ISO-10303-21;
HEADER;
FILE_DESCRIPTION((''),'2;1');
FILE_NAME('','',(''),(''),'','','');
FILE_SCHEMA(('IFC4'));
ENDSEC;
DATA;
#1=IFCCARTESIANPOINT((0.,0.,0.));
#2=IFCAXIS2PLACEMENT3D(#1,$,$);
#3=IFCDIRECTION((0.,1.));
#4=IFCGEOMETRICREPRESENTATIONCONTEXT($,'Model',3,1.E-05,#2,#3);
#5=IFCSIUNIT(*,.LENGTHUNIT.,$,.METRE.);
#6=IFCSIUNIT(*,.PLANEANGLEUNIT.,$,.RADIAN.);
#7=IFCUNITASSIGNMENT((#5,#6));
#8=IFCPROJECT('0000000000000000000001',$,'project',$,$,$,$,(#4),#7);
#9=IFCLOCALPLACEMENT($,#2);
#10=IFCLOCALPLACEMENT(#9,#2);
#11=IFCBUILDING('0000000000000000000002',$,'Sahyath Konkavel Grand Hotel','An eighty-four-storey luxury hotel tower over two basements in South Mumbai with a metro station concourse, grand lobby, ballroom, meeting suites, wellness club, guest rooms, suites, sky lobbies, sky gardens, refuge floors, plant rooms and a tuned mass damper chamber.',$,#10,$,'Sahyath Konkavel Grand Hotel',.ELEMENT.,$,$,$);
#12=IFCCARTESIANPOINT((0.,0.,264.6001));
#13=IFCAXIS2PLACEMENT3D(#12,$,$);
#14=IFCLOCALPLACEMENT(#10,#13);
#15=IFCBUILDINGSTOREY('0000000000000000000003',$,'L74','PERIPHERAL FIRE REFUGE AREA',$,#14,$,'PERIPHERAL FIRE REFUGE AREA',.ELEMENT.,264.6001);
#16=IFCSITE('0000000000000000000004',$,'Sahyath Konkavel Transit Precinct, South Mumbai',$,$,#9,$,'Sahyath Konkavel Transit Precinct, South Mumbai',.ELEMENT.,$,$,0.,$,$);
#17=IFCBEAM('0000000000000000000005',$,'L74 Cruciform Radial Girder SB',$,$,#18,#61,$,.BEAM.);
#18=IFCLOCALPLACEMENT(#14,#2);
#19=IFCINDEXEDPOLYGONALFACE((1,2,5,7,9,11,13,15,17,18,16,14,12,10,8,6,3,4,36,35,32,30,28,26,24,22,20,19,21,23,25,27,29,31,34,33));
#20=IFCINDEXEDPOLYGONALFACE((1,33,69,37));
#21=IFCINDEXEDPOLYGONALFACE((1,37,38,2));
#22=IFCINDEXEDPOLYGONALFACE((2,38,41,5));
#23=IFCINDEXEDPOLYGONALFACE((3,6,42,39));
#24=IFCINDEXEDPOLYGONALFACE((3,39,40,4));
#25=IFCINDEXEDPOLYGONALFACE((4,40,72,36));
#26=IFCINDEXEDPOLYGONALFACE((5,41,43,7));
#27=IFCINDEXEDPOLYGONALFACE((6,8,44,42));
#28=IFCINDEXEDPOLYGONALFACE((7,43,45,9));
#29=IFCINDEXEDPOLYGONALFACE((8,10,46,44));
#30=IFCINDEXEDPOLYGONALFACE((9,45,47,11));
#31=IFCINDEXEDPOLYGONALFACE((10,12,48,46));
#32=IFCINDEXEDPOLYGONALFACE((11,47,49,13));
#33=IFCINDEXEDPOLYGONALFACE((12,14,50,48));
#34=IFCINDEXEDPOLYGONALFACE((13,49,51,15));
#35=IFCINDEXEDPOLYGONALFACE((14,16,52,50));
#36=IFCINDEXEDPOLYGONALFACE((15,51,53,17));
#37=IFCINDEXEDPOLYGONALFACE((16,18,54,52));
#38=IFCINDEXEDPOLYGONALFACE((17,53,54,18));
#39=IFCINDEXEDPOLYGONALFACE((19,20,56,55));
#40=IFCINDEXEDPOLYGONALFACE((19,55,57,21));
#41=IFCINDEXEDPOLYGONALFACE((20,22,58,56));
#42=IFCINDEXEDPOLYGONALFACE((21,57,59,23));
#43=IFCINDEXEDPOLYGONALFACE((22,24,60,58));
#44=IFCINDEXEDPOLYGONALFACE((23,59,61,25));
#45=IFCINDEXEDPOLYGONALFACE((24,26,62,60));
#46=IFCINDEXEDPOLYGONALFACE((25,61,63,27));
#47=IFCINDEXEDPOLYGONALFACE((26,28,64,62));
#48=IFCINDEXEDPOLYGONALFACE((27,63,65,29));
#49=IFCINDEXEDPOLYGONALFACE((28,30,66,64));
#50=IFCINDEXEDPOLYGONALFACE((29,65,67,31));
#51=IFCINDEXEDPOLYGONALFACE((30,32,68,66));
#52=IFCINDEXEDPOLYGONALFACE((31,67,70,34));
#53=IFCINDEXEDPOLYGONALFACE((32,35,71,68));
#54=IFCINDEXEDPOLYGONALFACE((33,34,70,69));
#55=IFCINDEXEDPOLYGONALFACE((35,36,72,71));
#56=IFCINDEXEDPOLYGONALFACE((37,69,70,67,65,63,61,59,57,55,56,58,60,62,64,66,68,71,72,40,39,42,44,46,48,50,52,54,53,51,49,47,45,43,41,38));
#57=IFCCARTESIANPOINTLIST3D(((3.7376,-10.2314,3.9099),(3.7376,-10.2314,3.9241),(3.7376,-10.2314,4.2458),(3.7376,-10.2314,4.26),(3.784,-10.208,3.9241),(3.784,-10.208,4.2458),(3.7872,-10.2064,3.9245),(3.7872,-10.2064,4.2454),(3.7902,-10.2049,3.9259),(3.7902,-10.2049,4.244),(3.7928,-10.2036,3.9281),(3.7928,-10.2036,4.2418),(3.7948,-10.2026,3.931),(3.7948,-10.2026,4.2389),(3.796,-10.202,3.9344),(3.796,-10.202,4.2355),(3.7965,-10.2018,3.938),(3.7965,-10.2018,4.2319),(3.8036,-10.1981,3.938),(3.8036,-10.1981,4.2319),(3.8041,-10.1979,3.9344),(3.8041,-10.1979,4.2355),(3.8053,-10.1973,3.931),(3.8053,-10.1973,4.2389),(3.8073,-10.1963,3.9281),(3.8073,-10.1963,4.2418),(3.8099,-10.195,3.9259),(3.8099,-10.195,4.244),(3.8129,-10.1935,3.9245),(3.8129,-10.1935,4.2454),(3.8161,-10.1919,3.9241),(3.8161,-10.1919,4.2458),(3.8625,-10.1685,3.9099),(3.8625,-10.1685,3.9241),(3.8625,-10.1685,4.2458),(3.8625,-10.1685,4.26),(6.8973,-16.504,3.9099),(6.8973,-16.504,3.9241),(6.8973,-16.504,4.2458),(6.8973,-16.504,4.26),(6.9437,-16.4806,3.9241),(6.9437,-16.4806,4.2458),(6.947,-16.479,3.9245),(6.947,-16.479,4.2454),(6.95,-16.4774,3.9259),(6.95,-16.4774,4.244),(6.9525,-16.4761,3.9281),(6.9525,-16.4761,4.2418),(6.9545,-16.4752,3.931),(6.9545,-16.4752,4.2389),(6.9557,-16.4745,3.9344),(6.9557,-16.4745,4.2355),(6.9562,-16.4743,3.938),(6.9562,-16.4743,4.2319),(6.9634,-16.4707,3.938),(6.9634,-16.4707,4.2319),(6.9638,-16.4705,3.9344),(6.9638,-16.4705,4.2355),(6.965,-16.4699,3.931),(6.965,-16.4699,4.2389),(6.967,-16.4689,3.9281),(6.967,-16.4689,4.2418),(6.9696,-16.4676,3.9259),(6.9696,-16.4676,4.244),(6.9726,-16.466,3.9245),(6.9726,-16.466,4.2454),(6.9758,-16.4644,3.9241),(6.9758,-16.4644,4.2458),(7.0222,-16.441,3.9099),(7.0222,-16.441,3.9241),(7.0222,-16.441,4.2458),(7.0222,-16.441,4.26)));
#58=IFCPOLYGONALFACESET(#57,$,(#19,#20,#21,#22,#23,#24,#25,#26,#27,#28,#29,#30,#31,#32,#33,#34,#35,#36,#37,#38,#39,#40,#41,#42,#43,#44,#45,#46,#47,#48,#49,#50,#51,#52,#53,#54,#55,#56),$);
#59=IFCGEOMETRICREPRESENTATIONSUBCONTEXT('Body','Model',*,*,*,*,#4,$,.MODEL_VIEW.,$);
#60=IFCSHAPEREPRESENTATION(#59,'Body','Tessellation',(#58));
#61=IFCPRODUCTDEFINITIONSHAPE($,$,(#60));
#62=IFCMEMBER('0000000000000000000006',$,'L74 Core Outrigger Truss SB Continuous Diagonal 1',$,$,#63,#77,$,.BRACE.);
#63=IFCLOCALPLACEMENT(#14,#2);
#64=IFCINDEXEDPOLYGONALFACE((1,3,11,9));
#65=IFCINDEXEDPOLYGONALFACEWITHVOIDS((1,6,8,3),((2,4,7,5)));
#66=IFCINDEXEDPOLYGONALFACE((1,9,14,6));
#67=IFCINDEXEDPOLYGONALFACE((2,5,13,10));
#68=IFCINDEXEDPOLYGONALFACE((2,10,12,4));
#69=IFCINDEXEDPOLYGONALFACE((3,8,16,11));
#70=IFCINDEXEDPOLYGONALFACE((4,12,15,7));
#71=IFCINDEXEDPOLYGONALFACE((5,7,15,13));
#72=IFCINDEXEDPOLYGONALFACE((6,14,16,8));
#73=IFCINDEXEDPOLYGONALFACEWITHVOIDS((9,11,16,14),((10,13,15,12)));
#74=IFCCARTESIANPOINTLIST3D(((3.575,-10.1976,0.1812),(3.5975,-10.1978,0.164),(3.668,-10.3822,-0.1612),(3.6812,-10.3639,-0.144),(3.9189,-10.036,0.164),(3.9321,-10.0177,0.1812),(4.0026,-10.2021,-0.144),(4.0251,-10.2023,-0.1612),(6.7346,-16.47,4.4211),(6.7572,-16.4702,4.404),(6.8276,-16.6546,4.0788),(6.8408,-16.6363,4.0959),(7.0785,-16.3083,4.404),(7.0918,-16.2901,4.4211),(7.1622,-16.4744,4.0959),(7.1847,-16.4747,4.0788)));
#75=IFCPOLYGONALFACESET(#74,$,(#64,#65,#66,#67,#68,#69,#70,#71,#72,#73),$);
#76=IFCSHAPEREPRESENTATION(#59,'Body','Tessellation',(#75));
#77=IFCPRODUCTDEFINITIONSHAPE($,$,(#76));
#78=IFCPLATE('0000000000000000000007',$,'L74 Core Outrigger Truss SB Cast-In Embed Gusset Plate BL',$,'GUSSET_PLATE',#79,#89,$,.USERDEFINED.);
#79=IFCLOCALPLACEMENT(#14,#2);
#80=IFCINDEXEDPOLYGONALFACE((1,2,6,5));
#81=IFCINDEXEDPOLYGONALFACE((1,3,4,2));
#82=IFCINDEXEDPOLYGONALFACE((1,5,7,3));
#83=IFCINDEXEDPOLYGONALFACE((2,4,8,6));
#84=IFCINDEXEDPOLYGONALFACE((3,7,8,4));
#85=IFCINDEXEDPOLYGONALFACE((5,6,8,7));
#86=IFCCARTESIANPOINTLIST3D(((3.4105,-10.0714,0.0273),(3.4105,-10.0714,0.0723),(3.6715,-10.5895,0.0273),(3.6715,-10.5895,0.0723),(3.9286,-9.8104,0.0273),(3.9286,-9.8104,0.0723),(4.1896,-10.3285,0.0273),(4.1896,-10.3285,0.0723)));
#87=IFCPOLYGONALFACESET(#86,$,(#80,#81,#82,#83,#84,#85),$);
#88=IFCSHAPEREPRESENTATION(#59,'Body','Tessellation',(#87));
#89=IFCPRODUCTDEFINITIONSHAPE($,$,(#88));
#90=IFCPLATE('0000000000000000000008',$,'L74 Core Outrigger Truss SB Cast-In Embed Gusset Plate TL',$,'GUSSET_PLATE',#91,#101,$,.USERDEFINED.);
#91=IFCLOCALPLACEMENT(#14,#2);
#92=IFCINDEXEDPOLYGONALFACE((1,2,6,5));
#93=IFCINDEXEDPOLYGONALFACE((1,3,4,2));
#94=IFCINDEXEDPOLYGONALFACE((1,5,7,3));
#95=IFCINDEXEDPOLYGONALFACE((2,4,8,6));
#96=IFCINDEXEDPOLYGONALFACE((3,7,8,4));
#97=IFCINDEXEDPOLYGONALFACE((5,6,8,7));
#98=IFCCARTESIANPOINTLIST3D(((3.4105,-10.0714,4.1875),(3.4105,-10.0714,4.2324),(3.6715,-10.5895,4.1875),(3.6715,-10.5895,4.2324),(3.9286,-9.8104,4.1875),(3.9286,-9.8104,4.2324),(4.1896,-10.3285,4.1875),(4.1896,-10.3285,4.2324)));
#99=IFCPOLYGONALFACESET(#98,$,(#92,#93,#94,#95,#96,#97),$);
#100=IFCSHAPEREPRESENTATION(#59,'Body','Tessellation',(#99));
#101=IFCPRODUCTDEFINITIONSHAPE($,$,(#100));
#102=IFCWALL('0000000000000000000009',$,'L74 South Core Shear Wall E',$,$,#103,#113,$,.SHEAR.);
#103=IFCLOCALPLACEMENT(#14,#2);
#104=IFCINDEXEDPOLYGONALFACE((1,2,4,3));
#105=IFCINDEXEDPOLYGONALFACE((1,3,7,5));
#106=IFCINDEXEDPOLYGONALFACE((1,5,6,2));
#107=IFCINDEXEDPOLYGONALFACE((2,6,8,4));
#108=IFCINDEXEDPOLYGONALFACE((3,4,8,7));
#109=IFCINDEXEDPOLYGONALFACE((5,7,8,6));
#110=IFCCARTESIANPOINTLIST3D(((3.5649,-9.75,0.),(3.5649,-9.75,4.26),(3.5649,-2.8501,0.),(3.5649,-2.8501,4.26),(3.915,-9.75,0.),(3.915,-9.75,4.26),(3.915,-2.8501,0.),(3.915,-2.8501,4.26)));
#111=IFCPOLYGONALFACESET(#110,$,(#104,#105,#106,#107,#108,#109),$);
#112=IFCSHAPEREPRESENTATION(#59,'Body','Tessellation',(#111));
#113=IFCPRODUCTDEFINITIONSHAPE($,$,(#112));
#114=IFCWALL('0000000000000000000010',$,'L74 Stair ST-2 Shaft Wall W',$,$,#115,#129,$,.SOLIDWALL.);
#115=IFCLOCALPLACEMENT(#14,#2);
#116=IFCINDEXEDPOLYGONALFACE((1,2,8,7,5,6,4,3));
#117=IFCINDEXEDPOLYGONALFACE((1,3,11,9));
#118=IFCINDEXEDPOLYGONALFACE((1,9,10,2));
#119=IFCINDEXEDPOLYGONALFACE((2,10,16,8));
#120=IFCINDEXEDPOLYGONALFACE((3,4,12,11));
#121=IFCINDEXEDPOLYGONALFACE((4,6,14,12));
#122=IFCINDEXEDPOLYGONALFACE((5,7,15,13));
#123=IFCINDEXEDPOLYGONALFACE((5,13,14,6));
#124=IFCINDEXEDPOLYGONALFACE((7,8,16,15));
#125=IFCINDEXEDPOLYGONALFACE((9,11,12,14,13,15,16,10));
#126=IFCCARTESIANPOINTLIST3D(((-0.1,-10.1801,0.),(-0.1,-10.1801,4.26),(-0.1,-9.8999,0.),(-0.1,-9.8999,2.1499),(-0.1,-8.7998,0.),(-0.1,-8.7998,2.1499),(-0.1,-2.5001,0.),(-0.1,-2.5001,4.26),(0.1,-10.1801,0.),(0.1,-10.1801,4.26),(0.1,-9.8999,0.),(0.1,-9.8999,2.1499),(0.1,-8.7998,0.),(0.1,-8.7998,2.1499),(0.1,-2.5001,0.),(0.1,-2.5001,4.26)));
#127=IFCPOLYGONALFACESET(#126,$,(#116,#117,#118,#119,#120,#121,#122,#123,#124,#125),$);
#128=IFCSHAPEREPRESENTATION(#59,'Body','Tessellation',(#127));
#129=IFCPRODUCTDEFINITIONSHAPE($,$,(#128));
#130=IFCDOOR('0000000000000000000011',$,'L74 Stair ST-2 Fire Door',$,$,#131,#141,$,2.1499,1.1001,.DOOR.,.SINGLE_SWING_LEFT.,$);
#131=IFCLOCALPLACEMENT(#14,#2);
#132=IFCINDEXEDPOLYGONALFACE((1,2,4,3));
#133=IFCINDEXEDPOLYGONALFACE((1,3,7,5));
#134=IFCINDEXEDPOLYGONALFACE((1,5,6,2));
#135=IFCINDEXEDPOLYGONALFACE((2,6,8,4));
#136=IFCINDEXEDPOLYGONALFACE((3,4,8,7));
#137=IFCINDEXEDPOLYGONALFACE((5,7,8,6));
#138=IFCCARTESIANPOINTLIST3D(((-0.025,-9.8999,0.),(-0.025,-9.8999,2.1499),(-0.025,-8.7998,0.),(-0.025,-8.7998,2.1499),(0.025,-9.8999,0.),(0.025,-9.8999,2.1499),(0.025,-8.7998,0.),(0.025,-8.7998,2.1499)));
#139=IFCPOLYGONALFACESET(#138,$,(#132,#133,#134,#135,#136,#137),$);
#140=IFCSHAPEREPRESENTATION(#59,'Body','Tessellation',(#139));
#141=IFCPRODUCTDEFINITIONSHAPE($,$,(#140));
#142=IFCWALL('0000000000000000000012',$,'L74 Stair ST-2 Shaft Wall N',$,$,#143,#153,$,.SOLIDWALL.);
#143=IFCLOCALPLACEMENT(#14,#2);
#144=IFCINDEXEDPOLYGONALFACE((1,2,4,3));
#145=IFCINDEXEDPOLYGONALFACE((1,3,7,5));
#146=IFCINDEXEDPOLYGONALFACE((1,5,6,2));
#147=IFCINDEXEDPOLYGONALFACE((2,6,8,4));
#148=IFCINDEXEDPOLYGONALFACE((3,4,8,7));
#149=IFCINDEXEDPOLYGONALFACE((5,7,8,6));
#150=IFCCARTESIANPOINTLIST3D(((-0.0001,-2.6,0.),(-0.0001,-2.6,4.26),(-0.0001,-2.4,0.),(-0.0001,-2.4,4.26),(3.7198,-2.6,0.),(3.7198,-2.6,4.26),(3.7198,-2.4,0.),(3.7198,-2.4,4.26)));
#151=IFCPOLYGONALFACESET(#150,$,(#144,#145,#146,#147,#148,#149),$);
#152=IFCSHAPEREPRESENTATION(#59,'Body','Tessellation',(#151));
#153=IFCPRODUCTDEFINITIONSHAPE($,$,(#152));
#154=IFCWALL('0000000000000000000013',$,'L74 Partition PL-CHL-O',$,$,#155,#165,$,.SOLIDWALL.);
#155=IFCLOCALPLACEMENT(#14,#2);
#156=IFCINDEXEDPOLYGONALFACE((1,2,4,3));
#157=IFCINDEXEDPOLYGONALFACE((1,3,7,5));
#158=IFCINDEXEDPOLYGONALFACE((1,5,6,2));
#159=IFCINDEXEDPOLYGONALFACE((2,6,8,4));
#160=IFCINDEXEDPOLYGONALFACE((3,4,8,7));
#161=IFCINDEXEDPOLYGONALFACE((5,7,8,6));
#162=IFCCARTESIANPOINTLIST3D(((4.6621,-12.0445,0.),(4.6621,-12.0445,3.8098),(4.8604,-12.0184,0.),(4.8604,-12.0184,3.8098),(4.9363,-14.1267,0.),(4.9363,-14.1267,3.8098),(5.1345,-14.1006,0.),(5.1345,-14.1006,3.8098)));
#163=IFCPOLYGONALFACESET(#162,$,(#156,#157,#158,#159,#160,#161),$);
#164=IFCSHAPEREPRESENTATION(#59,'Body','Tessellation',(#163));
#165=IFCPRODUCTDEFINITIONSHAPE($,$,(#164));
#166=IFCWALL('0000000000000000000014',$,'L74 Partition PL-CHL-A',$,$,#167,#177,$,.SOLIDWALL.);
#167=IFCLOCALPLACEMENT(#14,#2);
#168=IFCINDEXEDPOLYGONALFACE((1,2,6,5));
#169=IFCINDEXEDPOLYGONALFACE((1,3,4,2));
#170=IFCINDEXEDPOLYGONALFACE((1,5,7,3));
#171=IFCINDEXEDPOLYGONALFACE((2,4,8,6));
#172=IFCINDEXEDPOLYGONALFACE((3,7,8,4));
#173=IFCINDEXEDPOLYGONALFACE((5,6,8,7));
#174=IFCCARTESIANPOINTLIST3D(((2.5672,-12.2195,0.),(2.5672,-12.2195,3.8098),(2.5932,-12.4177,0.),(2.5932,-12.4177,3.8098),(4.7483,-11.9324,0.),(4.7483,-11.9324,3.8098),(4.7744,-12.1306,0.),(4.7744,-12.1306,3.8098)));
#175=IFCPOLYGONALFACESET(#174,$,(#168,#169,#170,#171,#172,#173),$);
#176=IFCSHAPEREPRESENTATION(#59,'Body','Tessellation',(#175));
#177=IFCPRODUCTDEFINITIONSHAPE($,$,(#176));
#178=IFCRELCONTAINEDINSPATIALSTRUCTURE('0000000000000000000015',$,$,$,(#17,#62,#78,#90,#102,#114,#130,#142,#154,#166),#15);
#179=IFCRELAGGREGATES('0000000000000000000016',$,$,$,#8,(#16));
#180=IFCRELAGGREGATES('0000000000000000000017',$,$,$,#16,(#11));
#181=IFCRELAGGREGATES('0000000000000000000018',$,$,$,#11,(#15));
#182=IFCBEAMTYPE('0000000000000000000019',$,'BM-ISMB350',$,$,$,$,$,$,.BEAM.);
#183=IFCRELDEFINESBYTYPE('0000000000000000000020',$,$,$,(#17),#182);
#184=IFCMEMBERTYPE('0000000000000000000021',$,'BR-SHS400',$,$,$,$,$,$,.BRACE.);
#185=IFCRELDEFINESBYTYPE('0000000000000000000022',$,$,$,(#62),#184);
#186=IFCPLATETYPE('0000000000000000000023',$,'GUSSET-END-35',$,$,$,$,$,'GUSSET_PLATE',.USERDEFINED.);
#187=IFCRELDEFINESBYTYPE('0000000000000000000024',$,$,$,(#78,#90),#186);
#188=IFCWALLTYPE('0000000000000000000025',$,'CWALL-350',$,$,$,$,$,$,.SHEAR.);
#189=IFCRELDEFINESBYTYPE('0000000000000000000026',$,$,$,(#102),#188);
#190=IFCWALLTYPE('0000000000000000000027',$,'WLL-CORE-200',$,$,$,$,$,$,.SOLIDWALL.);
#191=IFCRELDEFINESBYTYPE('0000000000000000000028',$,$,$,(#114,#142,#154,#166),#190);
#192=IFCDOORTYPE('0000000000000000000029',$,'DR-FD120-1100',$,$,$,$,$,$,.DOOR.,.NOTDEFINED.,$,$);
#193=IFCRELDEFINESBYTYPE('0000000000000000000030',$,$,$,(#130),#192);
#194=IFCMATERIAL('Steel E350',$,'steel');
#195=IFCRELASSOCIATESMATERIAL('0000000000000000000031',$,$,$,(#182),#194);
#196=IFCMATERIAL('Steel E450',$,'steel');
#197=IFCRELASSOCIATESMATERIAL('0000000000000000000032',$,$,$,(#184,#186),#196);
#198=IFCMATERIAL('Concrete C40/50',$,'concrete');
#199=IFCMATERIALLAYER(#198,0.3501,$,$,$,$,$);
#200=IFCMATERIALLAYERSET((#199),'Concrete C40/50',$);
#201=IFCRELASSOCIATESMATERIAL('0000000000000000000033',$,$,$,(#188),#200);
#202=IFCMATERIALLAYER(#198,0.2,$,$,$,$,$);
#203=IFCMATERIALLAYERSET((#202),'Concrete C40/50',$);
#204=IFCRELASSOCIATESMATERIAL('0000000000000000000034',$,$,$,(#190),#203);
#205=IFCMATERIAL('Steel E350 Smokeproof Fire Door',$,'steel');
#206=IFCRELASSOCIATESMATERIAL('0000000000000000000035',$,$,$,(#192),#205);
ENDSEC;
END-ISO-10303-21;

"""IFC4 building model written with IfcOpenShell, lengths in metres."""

from ifc_helpers import new_model, si_unit, direction, frame, frame_2d, origin, origin_2d, place, context, subcontext, project, spatial, rectangle, hollow_rectangle, i_section, extrude, source, transform, mapped, material, layer, layer_set, material_profile, profile_set, type_object, element, fill, save


model = new_model("IFC4")

# Units and contexts
model_context = context("Model", 3, precision=1e-05, world=origin(), true_north=direction((0.0, 1.0)))
body_context = subcontext(model_context, "Body", "Model", "MODEL_VIEW")
ifc_project = project(units=[si_unit("LENGTHUNIT", "METRE"), si_unit("PLANEANGLEUNIT", "RADIAN")], contexts=[model_context])

# Site, building, storey
site_placement = place(None, origin())
site = spatial("IfcSite", under=ifc_project, at=site_placement, Name="Sahyath Konkavel Transit Precinct, South Mumbai", LongName="Sahyath Konkavel Transit Precinct, South Mumbai", CompositionType="ELEMENT", RefElevation=0.0)
building_placement = place(site_placement, origin())
building = spatial("IfcBuilding", under=site, at=building_placement, Name="Sahyath Konkavel Grand Hotel", Description="An eighty-four-storey luxury hotel tower over two basements in South Mumbai with a metro station concourse, grand lobby, ballroom, meeting suites, wellness club, guest rooms, suites, sky lobbies, sky gardens, refuge floors, plant rooms and a tuned mass damper chamber.", LongName="Sahyath Konkavel Grand Hotel", CompositionType="ELEMENT")
storey_placement = place(building_placement, frame((0.0, 0.0, 264.6001)))
storey = spatial("IfcBuildingStorey", under=building, at=storey_placement, Name="L74", Description="PERIPHERAL FIRE REFUGE AREA", LongName="PERIPHERAL FIRE REFUGE AREA", CompositionType="ELEMENT", Elevation=264.6001)

# Shared definitions
ifc_material_1 = material(Name="Concrete C40/50", Category="concrete")

# Beam
ifc_material_2 = material(Name="Steel E350", Category="steel")
ifc_material_profile_1 = material_profile(ifc_material_2, i_section(OverallWidth=0.1399, OverallDepth=0.3501, WebThickness=0.0081, FlangeThickness=0.0142, FilletRadius=0.0139, at=origin_2d()), Name="ISMB 350")
ifc_profile_set_1 = profile_set([ifc_material_profile_1], Name="Steel E350")
beam_type_1 = type_object("IfcBeamType", Name="BM-ISMB350", PredefinedType="BEAM", material=ifc_profile_set_1)
shared_shape_1 = source(origin(), body_context, "Body", "SweptSolid", [
    extrude(i_section(OverallWidth=0.1399, OverallDepth=0.3501, WebThickness=0.0081, FlangeThickness=0.0142, FilletRadius=0.0139, at=origin_2d()), origin(), (0.0, 0.0, 1.0), 7.0234),
])
beam_1_placement = place(storey_placement, frame((3.8, -10.2, 4.085), z_axis=(0.449881, -0.893088, 0.0), x_axis=(0.893088, 0.449881, 0.0)))
element("IfcBeam", 1, at=beam_1_placement, inside=storey, type_object=beam_type_1, Name="L74 Cruciform Radial Girder SB", PredefinedType="BEAM", context=body_context, shape_type="MappedRepresentation", body=[
    mapped(shared_shape_1, transform((0.0, 0.0, 0.0), scale=1.0)),
])

# Member
ifc_material_3 = material(Name="Steel E450", Category="steel")
ifc_material_profile_2 = material_profile(ifc_material_3, hollow_rectangle(XDim=0.3999, YDim=0.3999, WallThickness=0.02, at=origin_2d()), Name="SHS 400x400x20")
ifc_profile_set_2 = profile_set([ifc_material_profile_2], Name="Steel E450")
member_type = type_object("IfcMemberType", Name="BR-SHS400", PredefinedType="BRACE", material=ifc_profile_set_2)
shared_shape_2 = source(origin(), body_context, "Body", "SweptSolid", [
    extrude(hollow_rectangle(XDim=0.3999, YDim=0.3999, WallThickness=0.02, at=origin_2d()), origin(), (0.0, 0.0, 1.0), 8.2039),
])
member_placement = place(storey_placement, frame((3.8, -10.2, 0.01), z_axis=(0.38514, -0.764566, 0.516823), x_axis=(0.893088, 0.449881, 0.0)))
element("IfcMember", 2, at=member_placement, inside=storey, type_object=member_type, Name="L74 Core Outrigger Truss SB Continuous Diagonal 1", PredefinedType="BRACE", context=body_context, shape_type="MappedRepresentation", body=[
    mapped(shared_shape_2, transform((0.0, 0.0, 0.0), scale=1.0)),
])

# Plates
plate_type = type_object("IfcPlateType", Name="GUSSET-END-35", ElementType="GUSSET_PLATE", PredefinedType="USERDEFINED", material=ifc_material_3)
shared_shape_3 = source(origin(), body_context, "Body", "SweptSolid", [
    extrude(rectangle(XDim=0.5801, YDim=0.5801, at=origin_2d()), origin(), (0.0, 0.0, 1.0), 0.0449),
])
for number, where, z_axis, x_axis, name in (
    (3, (3.8, -10.2, 0.0273), (0.0, 0.0, 1.0), (0.449865, -0.893097, 0.0), "L74 Core Outrigger Truss SB Cast-In Embed Gusset Plate BL"),
    (4, (3.8, -10.2, 4.1875), (0.0, 0.0, 1.0), (0.449865, -0.893097, 0.0), "L74 Core Outrigger Truss SB Cast-In Embed Gusset Plate TL"),
):
    element("IfcPlate", number, at=place(storey_placement, frame(where, z_axis=z_axis, x_axis=x_axis)), inside=storey, type_object=plate_type, Name=name, ObjectType="GUSSET_PLATE", PredefinedType="USERDEFINED", context=body_context, shape_type="MappedRepresentation", body=[
        mapped(shared_shape_3, transform((0.0, 0.0, 0.0), scale=1.0)),
    ])

# Wall
ifc_layer_1 = layer(ifc_material_1, 0.3501)
ifc_layer_set_1 = layer_set([ifc_layer_1], Name="Concrete C40/50")
wall_type_1 = type_object("IfcWallType", Name="CWALL-350", PredefinedType="SHEAR", material=ifc_layer_set_1)
wall_1_placement = place(storey_placement, frame((3.74, -9.75, 0.0), z_axis=(0.0, 0.0, 1.0), x_axis=(0.0, 1.0, 0.0)))
element("IfcWall", 5, at=wall_1_placement, inside=storey, type_object=wall_type_1, Name="L74 South Core Shear Wall E", PredefinedType="SHEAR", context=body_context, shape_type="SweptSolid", body=[
    extrude(rectangle(XDim=6.8999, YDim=0.3501, at=frame_2d((3.45, 0.0))), origin(), (0.0, 0.0, 1.0), 4.26),
])

# Wall, opening, door
ifc_layer_2 = layer(ifc_material_1, 0.2)
ifc_layer_set_2 = layer_set([ifc_layer_2], Name="Concrete C40/50")
wall_type_2 = type_object("IfcWallType", Name="WLL-CORE-200", PredefinedType="SOLIDWALL", material=ifc_layer_set_2)
wall_2_placement = place(storey_placement, frame((0.0, -10.1799, 0.0), z_axis=(0.0, 0.0, 1.0), x_axis=(0.0, 1.0, 0.0)))
wall_2 = element("IfcWall", 6, at=wall_2_placement, inside=storey, type_object=wall_type_2, Name="L74 Stair ST-2 Shaft Wall W", PredefinedType="SOLIDWALL", context=body_context, shape_type="SweptSolid", body=[
    extrude(rectangle(XDim=7.6799, YDim=0.2, at=frame_2d((3.8398, 0.0))), origin(), (0.0, 0.0, 1.0), 4.26),
])
opening_placement = place(wall_2_placement, frame((0.28, 0.0, 0.0)))
opening = element("IfcOpeningElement", 7, at=opening_placement, cuts=wall_2, PredefinedType="OPENING", context=body_context, shape_type="SweptSolid", body=[
    extrude(rectangle(XDim=1.1001, YDim=2.1499, at=frame_2d((0.55, 1.075))), frame((0.0, 0.1099, 0.0), z_axis=(0.0, -1.0, 0.0), x_axis=(1.0, 0.0, 0.0)), (0.0, 0.0, 1.0), 0.22),
])
ifc_material_4 = material(Name="Steel E350 Smokeproof Fire Door", Category="steel")
door_type = type_object("IfcDoorType", Name="DR-FD120-1100", OperationType="NOTDEFINED", PredefinedType="DOOR", material=ifc_material_4)
shared_shape_4 = source(origin(), body_context, "Body", "SweptSolid", [
    extrude(rectangle(XDim=1.1001, YDim=0.05, at=origin_2d()), origin(), (0.0, 0.0, 1.0), 2.1499),
])
door_placement = place(opening_placement, frame((0.55, 0.0, 0.0)))
door = element("IfcDoor", 8, at=door_placement, inside=storey, type_object=door_type, Name="L74 Stair ST-2 Fire Door", OperationType="SINGLE_SWING_LEFT", OverallHeight=2.1499, OverallWidth=1.1001, PredefinedType="DOOR", context=body_context, shape_type="MappedRepresentation", body=[
    mapped(shared_shape_4, transform((0.0, 0.0, 0.0), scale=1.0)),
])
fill(opening, door)

# Walls
wall_3_placement = place(storey_placement, frame((0.0, -2.5, 0.0), z_axis=(0.0, 0.0, 1.0), x_axis=(1.0, 0.0, 0.0)))
element("IfcWall", 9, at=wall_3_placement, inside=storey, type_object=wall_type_2, Name="L74 Stair ST-2 Shaft Wall N", PredefinedType="SOLIDWALL", context=body_context, shape_type="SweptSolid", body=[
    extrude(rectangle(XDim=3.72, YDim=0.2, at=frame_2d((1.8599, 0.0))), origin(), (0.0, 0.0, 1.0), 4.26),
])
wall_4_placement = place(storey_placement, frame((4.7612, -12.0315, 0.0), z_axis=(0.0, 0.0, 1.0), x_axis=(0.130557, -0.991441, 0.0)))
element("IfcWall", 10, at=wall_4_placement, inside=storey, type_object=wall_type_2, Name="L74 Partition PL-CHL-O", PredefinedType="SOLIDWALL", context=body_context, shape_type="SweptSolid", body=[
    extrude(rectangle(XDim=2.1001, YDim=0.2, at=frame_2d((1.05, 0.0))), origin(), (0.0, 0.0, 1.0), 3.8098),
])
wall_5_placement = place(storey_placement, frame((2.5801, -12.3186, 0.0), z_axis=(0.0, 0.0, 1.0), x_axis=(0.991447, 0.130506, 0.0)))
element("IfcWall", 11, at=wall_5_placement, inside=storey, type_object=wall_type_2, Name="L74 Partition PL-CHL-A", PredefinedType="SOLIDWALL", context=body_context, shape_type="SweptSolid", body=[
    extrude(rectangle(XDim=2.2, YDim=0.2, at=frame_2d((1.1001, 0.0))), origin(), (0.0, 0.0, 1.0), 3.8098),
])

save(model, "model.ifc")
